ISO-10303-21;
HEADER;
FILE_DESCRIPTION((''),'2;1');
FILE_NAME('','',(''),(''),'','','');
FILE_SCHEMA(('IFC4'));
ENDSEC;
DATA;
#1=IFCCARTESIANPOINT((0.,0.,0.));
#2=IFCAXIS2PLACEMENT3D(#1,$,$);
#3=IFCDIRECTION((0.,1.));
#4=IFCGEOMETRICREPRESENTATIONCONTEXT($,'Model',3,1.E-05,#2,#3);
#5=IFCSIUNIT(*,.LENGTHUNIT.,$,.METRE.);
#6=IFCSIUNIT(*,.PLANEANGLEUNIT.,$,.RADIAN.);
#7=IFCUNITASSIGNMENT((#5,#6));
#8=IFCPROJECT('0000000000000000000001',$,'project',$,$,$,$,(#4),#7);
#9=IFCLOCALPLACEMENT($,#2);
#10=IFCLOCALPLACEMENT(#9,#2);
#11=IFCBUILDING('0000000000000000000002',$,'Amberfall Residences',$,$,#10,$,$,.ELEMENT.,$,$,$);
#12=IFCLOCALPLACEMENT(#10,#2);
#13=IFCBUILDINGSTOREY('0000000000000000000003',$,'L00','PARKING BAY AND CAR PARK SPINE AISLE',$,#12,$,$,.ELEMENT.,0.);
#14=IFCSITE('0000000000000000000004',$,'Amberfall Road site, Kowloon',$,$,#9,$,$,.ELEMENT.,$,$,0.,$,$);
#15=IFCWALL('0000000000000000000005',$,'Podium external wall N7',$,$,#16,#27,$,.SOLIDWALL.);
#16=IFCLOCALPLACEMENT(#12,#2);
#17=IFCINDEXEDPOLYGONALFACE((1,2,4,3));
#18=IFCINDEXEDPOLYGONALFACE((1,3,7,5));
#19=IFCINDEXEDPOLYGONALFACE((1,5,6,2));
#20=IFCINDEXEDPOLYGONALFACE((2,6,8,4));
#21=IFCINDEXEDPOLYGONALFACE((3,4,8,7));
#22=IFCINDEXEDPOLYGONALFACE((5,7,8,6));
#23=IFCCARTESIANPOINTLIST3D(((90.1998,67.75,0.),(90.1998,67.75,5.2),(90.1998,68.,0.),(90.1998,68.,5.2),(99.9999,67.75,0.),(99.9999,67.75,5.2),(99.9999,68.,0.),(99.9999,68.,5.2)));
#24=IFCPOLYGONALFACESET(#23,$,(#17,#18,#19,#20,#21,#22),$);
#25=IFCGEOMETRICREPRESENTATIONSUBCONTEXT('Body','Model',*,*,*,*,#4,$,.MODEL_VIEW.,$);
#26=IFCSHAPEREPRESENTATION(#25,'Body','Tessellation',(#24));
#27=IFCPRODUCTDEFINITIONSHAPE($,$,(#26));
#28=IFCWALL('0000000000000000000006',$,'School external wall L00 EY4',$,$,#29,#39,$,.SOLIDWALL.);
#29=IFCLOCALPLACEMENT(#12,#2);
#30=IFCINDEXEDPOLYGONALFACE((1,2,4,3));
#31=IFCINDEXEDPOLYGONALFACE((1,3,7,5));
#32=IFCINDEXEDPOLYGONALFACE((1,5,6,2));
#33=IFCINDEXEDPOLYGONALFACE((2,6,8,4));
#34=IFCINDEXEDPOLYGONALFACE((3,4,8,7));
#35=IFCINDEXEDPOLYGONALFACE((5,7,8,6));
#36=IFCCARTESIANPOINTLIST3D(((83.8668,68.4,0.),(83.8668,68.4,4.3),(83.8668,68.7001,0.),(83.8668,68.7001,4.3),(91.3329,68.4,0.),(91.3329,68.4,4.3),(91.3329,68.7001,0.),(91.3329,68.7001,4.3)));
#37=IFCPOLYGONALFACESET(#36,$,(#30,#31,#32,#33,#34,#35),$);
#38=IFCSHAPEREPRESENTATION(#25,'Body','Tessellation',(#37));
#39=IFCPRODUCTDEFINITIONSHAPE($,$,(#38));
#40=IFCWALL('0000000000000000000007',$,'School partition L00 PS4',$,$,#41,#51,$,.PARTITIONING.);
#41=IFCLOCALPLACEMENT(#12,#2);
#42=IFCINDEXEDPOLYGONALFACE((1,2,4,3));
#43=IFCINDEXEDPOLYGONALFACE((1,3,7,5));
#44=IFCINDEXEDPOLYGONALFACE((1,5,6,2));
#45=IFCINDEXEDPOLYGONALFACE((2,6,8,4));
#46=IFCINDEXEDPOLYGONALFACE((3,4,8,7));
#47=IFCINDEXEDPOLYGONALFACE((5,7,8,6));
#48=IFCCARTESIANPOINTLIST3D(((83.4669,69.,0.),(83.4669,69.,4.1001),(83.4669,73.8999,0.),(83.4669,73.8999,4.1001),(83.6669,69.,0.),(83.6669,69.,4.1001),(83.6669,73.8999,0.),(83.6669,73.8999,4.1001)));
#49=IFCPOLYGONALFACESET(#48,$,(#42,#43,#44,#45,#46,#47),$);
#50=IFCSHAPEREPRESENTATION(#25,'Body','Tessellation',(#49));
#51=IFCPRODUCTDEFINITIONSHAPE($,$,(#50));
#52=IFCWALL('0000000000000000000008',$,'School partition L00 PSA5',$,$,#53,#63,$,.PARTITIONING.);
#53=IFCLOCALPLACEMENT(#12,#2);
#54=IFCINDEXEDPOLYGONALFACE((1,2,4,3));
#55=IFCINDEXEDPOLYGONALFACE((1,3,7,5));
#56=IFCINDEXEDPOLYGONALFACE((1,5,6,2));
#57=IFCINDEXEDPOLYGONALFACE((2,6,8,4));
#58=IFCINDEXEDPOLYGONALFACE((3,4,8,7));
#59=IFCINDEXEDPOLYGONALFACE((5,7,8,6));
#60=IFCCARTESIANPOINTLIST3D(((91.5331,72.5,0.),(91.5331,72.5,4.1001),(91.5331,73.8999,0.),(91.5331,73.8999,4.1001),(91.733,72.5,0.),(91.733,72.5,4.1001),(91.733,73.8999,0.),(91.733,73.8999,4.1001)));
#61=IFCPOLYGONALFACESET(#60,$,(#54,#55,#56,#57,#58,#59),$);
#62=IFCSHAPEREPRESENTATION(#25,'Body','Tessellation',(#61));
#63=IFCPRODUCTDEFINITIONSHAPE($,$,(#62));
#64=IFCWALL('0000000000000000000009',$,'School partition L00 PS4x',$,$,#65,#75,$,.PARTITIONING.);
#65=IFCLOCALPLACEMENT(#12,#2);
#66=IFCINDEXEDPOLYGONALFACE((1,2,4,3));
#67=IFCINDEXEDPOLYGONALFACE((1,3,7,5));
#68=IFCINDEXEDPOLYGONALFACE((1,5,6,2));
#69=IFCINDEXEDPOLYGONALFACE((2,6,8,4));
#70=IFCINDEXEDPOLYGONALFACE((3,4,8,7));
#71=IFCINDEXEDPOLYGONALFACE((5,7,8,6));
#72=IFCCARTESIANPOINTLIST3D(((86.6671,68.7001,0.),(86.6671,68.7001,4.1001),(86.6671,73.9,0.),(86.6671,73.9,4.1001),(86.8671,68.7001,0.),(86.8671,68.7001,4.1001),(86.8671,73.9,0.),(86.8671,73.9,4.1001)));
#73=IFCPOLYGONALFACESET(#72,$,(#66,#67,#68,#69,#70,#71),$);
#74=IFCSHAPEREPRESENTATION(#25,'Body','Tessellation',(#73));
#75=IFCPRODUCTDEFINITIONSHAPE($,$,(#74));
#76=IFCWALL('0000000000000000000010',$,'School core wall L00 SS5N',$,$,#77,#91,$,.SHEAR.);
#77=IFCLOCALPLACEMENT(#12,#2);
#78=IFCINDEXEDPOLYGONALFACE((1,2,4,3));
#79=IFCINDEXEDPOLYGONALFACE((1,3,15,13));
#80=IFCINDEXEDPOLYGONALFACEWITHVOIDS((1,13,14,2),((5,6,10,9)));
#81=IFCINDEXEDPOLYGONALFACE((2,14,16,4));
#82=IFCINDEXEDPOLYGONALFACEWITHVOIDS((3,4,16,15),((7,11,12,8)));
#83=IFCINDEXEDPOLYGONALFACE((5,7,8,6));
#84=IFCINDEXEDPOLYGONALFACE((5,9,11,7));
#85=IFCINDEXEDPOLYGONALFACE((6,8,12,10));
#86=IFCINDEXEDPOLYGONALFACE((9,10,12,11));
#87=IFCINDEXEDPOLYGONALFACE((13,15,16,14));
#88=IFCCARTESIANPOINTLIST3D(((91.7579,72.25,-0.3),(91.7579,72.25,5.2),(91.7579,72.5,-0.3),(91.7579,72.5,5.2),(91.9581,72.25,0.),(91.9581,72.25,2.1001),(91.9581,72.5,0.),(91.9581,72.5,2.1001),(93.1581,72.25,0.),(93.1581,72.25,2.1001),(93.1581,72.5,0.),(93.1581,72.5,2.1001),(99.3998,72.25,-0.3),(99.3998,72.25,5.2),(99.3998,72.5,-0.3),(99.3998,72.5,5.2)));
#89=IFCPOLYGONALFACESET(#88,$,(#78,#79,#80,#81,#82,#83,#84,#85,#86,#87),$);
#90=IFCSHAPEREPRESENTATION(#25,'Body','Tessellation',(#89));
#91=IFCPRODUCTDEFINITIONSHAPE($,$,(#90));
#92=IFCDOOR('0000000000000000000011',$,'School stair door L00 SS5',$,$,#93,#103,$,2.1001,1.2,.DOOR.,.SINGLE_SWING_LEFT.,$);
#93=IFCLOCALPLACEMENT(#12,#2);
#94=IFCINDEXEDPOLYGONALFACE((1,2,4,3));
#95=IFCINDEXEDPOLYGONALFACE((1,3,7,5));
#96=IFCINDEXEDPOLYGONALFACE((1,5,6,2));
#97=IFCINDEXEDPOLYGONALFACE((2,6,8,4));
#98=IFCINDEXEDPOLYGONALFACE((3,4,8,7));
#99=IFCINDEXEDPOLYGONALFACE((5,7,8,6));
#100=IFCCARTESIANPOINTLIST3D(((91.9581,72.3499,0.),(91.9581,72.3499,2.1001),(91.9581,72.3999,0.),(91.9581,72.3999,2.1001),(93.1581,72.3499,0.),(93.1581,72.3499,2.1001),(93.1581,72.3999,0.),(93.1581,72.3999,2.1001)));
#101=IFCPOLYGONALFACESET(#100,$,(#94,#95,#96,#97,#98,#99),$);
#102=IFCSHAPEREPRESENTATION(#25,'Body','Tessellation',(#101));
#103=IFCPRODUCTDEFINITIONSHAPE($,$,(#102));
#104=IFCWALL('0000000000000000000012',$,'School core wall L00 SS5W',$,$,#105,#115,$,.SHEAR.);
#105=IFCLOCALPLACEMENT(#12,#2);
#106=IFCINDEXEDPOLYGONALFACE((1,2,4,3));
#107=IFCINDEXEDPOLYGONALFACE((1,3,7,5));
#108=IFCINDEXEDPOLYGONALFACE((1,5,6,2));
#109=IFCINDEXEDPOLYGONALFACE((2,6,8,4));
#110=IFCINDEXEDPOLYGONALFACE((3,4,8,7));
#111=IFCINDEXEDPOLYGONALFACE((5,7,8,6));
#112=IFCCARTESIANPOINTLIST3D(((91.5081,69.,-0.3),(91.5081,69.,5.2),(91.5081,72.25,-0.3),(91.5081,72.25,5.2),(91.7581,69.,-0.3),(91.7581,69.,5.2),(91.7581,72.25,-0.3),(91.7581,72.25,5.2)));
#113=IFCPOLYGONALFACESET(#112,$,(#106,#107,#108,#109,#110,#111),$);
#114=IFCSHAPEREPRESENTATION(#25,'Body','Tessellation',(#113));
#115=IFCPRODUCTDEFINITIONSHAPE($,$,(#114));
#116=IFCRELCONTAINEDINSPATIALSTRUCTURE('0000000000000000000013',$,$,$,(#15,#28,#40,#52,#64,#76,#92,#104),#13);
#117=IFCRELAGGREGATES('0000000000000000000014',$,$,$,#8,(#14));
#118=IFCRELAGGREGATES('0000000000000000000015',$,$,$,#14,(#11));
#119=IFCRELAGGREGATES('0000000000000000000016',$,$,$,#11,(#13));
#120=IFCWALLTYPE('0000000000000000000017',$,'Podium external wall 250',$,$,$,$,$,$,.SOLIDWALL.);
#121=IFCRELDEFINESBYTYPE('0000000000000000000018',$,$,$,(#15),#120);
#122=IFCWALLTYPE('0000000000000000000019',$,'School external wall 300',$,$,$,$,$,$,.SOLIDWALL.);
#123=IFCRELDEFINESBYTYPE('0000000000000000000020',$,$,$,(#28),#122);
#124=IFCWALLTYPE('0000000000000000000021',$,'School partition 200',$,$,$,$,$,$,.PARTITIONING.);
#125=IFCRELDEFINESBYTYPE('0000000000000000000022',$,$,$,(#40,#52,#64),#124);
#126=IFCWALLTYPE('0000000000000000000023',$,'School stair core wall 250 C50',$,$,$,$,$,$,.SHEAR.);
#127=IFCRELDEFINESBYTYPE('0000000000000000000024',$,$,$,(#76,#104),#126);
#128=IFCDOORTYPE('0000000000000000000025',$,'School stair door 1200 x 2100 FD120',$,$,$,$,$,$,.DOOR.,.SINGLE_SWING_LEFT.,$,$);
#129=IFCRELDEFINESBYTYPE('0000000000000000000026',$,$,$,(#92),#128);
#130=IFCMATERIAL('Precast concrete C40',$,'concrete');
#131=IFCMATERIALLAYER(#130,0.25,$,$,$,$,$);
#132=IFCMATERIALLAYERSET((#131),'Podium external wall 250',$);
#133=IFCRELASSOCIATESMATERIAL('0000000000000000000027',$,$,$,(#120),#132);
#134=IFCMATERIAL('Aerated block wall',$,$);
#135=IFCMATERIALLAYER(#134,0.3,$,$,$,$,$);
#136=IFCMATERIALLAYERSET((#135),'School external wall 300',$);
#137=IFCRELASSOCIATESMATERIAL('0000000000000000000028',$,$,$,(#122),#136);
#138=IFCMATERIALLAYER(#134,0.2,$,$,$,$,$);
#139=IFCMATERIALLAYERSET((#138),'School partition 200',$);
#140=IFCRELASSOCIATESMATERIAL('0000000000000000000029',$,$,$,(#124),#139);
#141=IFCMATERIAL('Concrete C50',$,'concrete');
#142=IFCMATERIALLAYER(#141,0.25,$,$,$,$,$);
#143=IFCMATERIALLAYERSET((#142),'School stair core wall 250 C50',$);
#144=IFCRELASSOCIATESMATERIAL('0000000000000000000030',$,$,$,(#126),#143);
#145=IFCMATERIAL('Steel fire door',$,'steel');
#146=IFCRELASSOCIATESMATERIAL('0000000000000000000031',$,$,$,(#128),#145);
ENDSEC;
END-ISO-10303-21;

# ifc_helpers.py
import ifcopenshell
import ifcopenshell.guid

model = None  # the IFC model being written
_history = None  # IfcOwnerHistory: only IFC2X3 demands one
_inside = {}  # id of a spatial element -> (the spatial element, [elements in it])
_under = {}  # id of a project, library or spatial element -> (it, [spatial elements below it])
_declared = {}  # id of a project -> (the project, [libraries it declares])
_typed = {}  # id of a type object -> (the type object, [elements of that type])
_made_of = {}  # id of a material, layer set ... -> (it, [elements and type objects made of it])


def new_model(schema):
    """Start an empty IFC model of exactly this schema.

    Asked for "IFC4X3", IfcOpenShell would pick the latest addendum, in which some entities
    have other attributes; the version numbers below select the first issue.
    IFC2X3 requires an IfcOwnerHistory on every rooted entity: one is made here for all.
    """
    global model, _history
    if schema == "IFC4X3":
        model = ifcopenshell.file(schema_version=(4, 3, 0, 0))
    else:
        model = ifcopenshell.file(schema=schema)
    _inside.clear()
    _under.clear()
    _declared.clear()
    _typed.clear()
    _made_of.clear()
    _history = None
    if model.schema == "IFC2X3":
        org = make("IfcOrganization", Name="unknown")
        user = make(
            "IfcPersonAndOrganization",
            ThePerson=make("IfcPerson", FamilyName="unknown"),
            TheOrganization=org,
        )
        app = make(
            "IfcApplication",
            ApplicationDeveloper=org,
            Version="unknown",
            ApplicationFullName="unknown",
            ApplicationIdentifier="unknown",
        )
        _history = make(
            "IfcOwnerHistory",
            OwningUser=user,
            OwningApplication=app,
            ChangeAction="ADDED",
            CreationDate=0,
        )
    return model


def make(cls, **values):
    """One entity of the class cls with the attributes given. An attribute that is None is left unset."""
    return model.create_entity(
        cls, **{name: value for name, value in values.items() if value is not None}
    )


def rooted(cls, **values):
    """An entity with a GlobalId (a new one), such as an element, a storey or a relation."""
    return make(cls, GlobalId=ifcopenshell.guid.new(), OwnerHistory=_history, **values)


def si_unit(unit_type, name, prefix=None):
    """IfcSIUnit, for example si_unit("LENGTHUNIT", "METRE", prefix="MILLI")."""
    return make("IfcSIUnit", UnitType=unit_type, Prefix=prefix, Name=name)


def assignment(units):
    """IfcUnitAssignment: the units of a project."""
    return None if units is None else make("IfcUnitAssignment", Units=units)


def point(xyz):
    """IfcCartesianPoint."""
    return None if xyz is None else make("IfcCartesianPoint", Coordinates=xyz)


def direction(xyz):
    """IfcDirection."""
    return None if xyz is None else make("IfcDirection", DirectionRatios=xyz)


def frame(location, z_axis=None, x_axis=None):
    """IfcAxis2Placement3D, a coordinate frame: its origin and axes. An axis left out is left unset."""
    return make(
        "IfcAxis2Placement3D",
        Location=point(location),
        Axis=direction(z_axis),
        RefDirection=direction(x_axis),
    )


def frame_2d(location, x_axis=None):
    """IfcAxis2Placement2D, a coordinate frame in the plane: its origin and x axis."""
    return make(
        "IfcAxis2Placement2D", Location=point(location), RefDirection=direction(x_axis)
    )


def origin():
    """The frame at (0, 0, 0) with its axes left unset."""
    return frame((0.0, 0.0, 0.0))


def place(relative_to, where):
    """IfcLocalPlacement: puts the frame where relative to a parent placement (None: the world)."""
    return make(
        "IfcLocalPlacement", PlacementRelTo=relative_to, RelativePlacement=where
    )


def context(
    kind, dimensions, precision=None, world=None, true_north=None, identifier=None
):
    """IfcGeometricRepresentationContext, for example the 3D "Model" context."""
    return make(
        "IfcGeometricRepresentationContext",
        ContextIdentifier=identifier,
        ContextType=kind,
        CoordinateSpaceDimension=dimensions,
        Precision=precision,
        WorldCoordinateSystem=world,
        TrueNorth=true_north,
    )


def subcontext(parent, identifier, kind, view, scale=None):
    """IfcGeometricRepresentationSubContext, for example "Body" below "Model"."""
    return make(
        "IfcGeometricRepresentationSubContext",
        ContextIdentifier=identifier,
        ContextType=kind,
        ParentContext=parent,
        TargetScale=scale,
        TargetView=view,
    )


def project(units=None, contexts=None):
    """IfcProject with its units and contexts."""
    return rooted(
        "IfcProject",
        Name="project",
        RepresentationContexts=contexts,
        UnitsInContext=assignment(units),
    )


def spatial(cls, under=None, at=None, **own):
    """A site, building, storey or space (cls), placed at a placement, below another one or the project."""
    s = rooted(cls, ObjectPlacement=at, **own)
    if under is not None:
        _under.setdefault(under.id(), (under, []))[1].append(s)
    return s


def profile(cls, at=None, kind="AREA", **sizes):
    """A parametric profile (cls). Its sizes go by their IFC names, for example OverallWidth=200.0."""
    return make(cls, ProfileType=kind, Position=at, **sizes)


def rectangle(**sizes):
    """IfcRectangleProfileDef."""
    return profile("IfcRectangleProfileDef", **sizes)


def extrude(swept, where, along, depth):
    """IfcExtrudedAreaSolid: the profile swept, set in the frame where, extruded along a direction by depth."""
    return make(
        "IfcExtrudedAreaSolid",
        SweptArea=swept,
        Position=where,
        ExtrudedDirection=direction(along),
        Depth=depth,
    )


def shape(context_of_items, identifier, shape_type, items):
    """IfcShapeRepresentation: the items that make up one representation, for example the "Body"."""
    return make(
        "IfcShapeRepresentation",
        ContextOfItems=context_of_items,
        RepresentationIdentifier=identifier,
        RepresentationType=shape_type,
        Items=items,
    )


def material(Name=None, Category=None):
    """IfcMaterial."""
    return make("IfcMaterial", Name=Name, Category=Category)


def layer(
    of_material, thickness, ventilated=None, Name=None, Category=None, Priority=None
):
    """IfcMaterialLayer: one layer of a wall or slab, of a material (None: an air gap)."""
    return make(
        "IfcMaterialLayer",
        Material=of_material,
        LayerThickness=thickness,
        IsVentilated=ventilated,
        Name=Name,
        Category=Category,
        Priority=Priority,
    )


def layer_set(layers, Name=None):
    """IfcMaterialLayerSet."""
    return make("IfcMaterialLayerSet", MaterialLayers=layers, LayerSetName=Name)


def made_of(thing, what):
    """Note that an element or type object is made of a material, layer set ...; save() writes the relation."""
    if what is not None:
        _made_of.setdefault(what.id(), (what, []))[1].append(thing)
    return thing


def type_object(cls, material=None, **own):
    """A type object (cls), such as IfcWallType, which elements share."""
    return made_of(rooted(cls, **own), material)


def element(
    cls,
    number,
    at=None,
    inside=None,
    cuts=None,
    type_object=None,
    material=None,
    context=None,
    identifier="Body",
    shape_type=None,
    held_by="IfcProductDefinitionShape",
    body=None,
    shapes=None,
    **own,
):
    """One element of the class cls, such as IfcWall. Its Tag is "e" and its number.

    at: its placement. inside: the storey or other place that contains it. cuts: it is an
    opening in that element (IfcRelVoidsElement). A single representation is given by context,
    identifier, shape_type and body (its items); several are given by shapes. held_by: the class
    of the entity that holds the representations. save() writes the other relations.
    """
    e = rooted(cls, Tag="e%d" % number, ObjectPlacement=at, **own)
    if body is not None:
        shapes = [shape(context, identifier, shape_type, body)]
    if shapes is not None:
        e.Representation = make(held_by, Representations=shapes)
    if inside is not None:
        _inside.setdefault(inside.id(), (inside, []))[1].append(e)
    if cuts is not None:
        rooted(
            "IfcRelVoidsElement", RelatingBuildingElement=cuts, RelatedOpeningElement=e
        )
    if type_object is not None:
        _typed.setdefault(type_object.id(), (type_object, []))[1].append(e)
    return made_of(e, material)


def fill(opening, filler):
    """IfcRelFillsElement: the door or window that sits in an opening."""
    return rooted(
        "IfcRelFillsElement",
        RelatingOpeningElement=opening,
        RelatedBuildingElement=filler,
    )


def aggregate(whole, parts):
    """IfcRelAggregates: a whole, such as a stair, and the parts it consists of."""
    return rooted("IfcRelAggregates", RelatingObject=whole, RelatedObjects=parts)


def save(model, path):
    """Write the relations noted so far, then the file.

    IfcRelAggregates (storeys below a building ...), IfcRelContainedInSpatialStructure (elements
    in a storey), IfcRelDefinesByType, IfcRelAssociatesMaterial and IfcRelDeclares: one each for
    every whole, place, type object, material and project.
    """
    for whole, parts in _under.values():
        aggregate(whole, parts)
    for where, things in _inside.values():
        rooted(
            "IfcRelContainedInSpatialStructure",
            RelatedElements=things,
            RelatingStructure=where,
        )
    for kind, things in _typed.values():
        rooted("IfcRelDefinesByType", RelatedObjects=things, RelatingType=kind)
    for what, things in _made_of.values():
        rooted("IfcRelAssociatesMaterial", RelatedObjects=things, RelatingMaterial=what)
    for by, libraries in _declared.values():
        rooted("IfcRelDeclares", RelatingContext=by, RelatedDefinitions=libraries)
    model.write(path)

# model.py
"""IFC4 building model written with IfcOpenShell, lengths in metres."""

from ifc_helpers import new_model, si_unit, direction, frame, frame_2d, origin, place, context, subcontext, project, spatial, rectangle, extrude, material, layer, layer_set, type_object, element, fill, save


model = new_model("IFC4")

# Units and contexts
model_context = context("Model", 3, precision=1e-05, world=origin(), true_north=direction((0.0, 1.0)))
body_context = subcontext(model_context, "Body", "Model", "MODEL_VIEW")
ifc_project = project(units=[si_unit("LENGTHUNIT", "METRE"), si_unit("PLANEANGLEUNIT", "RADIAN")], contexts=[model_context])

# Site, building, storey
site_placement = place(None, origin())
site = spatial("IfcSite", under=ifc_project, at=site_placement, Name="Amberfall Road site, Kowloon", CompositionType="ELEMENT", RefElevation=0.0)
building_placement = place(site_placement, origin())
building = spatial("IfcBuilding", under=site, at=building_placement, Name="Amberfall Residences", CompositionType="ELEMENT")
storey_placement = place(building_placement, origin())
storey = spatial("IfcBuildingStorey", under=building, at=storey_placement, Name="L00", Description="PARKING BAY AND CAR PARK SPINE AISLE", CompositionType="ELEMENT", Elevation=0.0)

# Shared definitions
ifc_material_1 = material(Name="Concrete C50", Category="concrete")

# Walls
ifc_material_2 = material(Name="Precast concrete C40", Category="concrete")
ifc_layer_1 = layer(ifc_material_2, 0.25)
ifc_layer_set_1 = layer_set([ifc_layer_1], Name="Podium external wall 250")
wall_type_1 = type_object("IfcWallType", Name="Podium external wall 250", PredefinedType="SOLIDWALL", material=ifc_layer_set_1)
wall_1_placement = place(storey_placement, frame((90.2, 67.875, 0.0), z_axis=(0.0, 0.0, 1.0), x_axis=(1.0, 0.0, 0.0)))
element("IfcWall", 1, at=wall_1_placement, inside=storey, type_object=wall_type_1, Name="Podium external wall N7", PredefinedType="SOLIDWALL", context=body_context, shape_type="SweptSolid", body=[
    extrude(rectangle(XDim=9.8, YDim=0.25, at=frame_2d((4.8999, 0.0))), origin(), (0.0, 0.0, 1.0), 5.2),
])
ifc_material_3 = material(Name="Aerated block wall")
ifc_layer_2 = layer(ifc_material_3, 0.3)
ifc_layer_set_2 = layer_set([ifc_layer_2], Name="School external wall 300")
wall_type_2 = type_object("IfcWallType", Name="School external wall 300", PredefinedType="SOLIDWALL", material=ifc_layer_set_2)
wall_2_placement = place(storey_placement, frame((83.8669, 68.55, 0.0), z_axis=(0.0, 0.0, 1.0), x_axis=(1.0, 0.0, 0.0)))
element("IfcWall", 2, at=wall_2_placement, inside=storey, type_object=wall_type_2, Name="School external wall L00 EY4", PredefinedType="SOLIDWALL", context=body_context, shape_type="SweptSolid", body=[
    extrude(rectangle(XDim=7.4661, YDim=0.3, at=frame_2d((3.7329, 0.0))), origin(), (0.0, 0.0, 1.0), 4.3),
])
ifc_layer_3 = layer(ifc_material_3, 0.2)
ifc_layer_set_3 = layer_set([ifc_layer_3], Name="School partition 200")
wall_type_3 = type_object("IfcWallType", Name="School partition 200", PredefinedType="PARTITIONING", material=ifc_layer_set_3)
wall_3_placement = place(storey_placement, frame((83.5669, 69.0, 0.0), z_axis=(0.0, 0.0, 1.0), x_axis=(0.0, 1.0, 0.0)))
element("IfcWall", 3, at=wall_3_placement, inside=storey, type_object=wall_type_3, Name="School partition L00 PS4", PredefinedType="PARTITIONING", context=body_context, shape_type="SweptSolid", body=[
    extrude(rectangle(XDim=4.8999, YDim=0.2, at=frame_2d((2.45, 0.0))), origin(), (0.0, 0.0, 1.0), 4.1001),
])
wall_4_placement = place(storey_placement, frame((91.6331, 72.5, 0.0), z_axis=(0.0, 0.0, 1.0), x_axis=(0.0, 1.0, 0.0)))
element("IfcWall", 4, at=wall_4_placement, inside=storey, type_object=wall_type_3, Name="School partition L00 PSA5", PredefinedType="PARTITIONING", context=body_context, shape_type="SweptSolid", body=[
    extrude(rectangle(XDim=1.3999, YDim=0.2, at=frame_2d((0.7, 0.0))), origin(), (0.0, 0.0, 1.0), 4.1001),
])
wall_5_placement = place(storey_placement, frame((86.7671, 68.7, 0.0), z_axis=(0.0, 0.0, 1.0), x_axis=(0.0, 1.0, 0.0)))
element("IfcWall", 5, at=wall_5_placement, inside=storey, type_object=wall_type_3, Name="School partition L00 PS4x", PredefinedType="PARTITIONING", context=body_context, shape_type="SweptSolid", body=[
    extrude(rectangle(XDim=5.2, YDim=0.2, at=frame_2d((2.6001, 0.0))), origin(), (0.0, 0.0, 1.0), 4.1001),
])

# Wall, opening, door
ifc_layer_4 = layer(ifc_material_1, 0.25)
ifc_layer_set_4 = layer_set([ifc_layer_4], Name="School stair core wall 250 C50")
wall_type_4 = type_object("IfcWallType", Name="School stair core wall 250 C50", PredefinedType="SHEAR", material=ifc_layer_set_4)
wall_6_placement = place(storey_placement, frame((91.7581, 72.375, -0.3), z_axis=(0.0, 0.0, 1.0), x_axis=(1.0, 0.0, 0.0)))
wall_6 = element("IfcWall", 6, at=wall_6_placement, inside=storey, type_object=wall_type_4, Name="School core wall L00 SS5N", PredefinedType="SHEAR", context=body_context, shape_type="SweptSolid", body=[
    extrude(rectangle(XDim=7.6418, YDim=0.25, at=frame_2d((3.8208, 0.0))), origin(), (0.0, 0.0, 1.0), 5.5),
])
opening_placement = place(wall_6_placement, frame((0.2, 0.0, 0.3)))
opening = element("IfcOpeningElement", 7, at=opening_placement, cuts=wall_6, PredefinedType="OPENING", context=body_context, shape_type="SweptSolid", body=[
    extrude(rectangle(XDim=1.2, YDim=2.1001, at=frame_2d((0.6001, 1.05))), frame((0.0, 0.135, 0.0), z_axis=(0.0, -1.0, 0.0), x_axis=(1.0, 0.0, 0.0)), (0.0, 0.0, 1.0), 0.27),
])
ifc_material_4 = material(Name="Steel fire door", Category="steel")
door_type = type_object("IfcDoorType", Name="School stair door 1200 x 2100 FD120", OperationType="SINGLE_SWING_LEFT", PredefinedType="DOOR", material=ifc_material_4)
door_placement = place(opening_placement, origin())
door = element("IfcDoor", 8, at=door_placement, inside=storey, type_object=door_type, Name="School stair door L00 SS5", OperationType="SINGLE_SWING_LEFT", OverallHeight=2.1001, OverallWidth=1.2, PredefinedType="DOOR", context=body_context, shape_type="SweptSolid", body=[
    extrude(rectangle(XDim=1.2, YDim=2.1001, at=frame_2d((0.6001, 1.05))), frame((0.0, 0.0249, 0.0), z_axis=(0.0, -1.0, 0.0), x_axis=(1.0, 0.0, 0.0)), (0.0, 0.0, 1.0), 0.05),
])
fill(opening, door)

# Wall
wall_7_placement = place(storey_placement, frame((91.6331, 69.0, -0.3), z_axis=(0.0, 0.0, 1.0), x_axis=(0.0, 1.0, 0.0)))
element("IfcWall", 9, at=wall_7_placement, inside=storey, type_object=wall_type_4, Name="School core wall L00 SS5W", PredefinedType="SHEAR", context=body_context, shape_type="SweptSolid", body=[
    extrude(rectangle(XDim=3.25, YDim=0.25, at=frame_2d((1.625, 0.0))), origin(), (0.0, 0.0, 1.0), 5.5),
])

save(model, "model.ifc")
